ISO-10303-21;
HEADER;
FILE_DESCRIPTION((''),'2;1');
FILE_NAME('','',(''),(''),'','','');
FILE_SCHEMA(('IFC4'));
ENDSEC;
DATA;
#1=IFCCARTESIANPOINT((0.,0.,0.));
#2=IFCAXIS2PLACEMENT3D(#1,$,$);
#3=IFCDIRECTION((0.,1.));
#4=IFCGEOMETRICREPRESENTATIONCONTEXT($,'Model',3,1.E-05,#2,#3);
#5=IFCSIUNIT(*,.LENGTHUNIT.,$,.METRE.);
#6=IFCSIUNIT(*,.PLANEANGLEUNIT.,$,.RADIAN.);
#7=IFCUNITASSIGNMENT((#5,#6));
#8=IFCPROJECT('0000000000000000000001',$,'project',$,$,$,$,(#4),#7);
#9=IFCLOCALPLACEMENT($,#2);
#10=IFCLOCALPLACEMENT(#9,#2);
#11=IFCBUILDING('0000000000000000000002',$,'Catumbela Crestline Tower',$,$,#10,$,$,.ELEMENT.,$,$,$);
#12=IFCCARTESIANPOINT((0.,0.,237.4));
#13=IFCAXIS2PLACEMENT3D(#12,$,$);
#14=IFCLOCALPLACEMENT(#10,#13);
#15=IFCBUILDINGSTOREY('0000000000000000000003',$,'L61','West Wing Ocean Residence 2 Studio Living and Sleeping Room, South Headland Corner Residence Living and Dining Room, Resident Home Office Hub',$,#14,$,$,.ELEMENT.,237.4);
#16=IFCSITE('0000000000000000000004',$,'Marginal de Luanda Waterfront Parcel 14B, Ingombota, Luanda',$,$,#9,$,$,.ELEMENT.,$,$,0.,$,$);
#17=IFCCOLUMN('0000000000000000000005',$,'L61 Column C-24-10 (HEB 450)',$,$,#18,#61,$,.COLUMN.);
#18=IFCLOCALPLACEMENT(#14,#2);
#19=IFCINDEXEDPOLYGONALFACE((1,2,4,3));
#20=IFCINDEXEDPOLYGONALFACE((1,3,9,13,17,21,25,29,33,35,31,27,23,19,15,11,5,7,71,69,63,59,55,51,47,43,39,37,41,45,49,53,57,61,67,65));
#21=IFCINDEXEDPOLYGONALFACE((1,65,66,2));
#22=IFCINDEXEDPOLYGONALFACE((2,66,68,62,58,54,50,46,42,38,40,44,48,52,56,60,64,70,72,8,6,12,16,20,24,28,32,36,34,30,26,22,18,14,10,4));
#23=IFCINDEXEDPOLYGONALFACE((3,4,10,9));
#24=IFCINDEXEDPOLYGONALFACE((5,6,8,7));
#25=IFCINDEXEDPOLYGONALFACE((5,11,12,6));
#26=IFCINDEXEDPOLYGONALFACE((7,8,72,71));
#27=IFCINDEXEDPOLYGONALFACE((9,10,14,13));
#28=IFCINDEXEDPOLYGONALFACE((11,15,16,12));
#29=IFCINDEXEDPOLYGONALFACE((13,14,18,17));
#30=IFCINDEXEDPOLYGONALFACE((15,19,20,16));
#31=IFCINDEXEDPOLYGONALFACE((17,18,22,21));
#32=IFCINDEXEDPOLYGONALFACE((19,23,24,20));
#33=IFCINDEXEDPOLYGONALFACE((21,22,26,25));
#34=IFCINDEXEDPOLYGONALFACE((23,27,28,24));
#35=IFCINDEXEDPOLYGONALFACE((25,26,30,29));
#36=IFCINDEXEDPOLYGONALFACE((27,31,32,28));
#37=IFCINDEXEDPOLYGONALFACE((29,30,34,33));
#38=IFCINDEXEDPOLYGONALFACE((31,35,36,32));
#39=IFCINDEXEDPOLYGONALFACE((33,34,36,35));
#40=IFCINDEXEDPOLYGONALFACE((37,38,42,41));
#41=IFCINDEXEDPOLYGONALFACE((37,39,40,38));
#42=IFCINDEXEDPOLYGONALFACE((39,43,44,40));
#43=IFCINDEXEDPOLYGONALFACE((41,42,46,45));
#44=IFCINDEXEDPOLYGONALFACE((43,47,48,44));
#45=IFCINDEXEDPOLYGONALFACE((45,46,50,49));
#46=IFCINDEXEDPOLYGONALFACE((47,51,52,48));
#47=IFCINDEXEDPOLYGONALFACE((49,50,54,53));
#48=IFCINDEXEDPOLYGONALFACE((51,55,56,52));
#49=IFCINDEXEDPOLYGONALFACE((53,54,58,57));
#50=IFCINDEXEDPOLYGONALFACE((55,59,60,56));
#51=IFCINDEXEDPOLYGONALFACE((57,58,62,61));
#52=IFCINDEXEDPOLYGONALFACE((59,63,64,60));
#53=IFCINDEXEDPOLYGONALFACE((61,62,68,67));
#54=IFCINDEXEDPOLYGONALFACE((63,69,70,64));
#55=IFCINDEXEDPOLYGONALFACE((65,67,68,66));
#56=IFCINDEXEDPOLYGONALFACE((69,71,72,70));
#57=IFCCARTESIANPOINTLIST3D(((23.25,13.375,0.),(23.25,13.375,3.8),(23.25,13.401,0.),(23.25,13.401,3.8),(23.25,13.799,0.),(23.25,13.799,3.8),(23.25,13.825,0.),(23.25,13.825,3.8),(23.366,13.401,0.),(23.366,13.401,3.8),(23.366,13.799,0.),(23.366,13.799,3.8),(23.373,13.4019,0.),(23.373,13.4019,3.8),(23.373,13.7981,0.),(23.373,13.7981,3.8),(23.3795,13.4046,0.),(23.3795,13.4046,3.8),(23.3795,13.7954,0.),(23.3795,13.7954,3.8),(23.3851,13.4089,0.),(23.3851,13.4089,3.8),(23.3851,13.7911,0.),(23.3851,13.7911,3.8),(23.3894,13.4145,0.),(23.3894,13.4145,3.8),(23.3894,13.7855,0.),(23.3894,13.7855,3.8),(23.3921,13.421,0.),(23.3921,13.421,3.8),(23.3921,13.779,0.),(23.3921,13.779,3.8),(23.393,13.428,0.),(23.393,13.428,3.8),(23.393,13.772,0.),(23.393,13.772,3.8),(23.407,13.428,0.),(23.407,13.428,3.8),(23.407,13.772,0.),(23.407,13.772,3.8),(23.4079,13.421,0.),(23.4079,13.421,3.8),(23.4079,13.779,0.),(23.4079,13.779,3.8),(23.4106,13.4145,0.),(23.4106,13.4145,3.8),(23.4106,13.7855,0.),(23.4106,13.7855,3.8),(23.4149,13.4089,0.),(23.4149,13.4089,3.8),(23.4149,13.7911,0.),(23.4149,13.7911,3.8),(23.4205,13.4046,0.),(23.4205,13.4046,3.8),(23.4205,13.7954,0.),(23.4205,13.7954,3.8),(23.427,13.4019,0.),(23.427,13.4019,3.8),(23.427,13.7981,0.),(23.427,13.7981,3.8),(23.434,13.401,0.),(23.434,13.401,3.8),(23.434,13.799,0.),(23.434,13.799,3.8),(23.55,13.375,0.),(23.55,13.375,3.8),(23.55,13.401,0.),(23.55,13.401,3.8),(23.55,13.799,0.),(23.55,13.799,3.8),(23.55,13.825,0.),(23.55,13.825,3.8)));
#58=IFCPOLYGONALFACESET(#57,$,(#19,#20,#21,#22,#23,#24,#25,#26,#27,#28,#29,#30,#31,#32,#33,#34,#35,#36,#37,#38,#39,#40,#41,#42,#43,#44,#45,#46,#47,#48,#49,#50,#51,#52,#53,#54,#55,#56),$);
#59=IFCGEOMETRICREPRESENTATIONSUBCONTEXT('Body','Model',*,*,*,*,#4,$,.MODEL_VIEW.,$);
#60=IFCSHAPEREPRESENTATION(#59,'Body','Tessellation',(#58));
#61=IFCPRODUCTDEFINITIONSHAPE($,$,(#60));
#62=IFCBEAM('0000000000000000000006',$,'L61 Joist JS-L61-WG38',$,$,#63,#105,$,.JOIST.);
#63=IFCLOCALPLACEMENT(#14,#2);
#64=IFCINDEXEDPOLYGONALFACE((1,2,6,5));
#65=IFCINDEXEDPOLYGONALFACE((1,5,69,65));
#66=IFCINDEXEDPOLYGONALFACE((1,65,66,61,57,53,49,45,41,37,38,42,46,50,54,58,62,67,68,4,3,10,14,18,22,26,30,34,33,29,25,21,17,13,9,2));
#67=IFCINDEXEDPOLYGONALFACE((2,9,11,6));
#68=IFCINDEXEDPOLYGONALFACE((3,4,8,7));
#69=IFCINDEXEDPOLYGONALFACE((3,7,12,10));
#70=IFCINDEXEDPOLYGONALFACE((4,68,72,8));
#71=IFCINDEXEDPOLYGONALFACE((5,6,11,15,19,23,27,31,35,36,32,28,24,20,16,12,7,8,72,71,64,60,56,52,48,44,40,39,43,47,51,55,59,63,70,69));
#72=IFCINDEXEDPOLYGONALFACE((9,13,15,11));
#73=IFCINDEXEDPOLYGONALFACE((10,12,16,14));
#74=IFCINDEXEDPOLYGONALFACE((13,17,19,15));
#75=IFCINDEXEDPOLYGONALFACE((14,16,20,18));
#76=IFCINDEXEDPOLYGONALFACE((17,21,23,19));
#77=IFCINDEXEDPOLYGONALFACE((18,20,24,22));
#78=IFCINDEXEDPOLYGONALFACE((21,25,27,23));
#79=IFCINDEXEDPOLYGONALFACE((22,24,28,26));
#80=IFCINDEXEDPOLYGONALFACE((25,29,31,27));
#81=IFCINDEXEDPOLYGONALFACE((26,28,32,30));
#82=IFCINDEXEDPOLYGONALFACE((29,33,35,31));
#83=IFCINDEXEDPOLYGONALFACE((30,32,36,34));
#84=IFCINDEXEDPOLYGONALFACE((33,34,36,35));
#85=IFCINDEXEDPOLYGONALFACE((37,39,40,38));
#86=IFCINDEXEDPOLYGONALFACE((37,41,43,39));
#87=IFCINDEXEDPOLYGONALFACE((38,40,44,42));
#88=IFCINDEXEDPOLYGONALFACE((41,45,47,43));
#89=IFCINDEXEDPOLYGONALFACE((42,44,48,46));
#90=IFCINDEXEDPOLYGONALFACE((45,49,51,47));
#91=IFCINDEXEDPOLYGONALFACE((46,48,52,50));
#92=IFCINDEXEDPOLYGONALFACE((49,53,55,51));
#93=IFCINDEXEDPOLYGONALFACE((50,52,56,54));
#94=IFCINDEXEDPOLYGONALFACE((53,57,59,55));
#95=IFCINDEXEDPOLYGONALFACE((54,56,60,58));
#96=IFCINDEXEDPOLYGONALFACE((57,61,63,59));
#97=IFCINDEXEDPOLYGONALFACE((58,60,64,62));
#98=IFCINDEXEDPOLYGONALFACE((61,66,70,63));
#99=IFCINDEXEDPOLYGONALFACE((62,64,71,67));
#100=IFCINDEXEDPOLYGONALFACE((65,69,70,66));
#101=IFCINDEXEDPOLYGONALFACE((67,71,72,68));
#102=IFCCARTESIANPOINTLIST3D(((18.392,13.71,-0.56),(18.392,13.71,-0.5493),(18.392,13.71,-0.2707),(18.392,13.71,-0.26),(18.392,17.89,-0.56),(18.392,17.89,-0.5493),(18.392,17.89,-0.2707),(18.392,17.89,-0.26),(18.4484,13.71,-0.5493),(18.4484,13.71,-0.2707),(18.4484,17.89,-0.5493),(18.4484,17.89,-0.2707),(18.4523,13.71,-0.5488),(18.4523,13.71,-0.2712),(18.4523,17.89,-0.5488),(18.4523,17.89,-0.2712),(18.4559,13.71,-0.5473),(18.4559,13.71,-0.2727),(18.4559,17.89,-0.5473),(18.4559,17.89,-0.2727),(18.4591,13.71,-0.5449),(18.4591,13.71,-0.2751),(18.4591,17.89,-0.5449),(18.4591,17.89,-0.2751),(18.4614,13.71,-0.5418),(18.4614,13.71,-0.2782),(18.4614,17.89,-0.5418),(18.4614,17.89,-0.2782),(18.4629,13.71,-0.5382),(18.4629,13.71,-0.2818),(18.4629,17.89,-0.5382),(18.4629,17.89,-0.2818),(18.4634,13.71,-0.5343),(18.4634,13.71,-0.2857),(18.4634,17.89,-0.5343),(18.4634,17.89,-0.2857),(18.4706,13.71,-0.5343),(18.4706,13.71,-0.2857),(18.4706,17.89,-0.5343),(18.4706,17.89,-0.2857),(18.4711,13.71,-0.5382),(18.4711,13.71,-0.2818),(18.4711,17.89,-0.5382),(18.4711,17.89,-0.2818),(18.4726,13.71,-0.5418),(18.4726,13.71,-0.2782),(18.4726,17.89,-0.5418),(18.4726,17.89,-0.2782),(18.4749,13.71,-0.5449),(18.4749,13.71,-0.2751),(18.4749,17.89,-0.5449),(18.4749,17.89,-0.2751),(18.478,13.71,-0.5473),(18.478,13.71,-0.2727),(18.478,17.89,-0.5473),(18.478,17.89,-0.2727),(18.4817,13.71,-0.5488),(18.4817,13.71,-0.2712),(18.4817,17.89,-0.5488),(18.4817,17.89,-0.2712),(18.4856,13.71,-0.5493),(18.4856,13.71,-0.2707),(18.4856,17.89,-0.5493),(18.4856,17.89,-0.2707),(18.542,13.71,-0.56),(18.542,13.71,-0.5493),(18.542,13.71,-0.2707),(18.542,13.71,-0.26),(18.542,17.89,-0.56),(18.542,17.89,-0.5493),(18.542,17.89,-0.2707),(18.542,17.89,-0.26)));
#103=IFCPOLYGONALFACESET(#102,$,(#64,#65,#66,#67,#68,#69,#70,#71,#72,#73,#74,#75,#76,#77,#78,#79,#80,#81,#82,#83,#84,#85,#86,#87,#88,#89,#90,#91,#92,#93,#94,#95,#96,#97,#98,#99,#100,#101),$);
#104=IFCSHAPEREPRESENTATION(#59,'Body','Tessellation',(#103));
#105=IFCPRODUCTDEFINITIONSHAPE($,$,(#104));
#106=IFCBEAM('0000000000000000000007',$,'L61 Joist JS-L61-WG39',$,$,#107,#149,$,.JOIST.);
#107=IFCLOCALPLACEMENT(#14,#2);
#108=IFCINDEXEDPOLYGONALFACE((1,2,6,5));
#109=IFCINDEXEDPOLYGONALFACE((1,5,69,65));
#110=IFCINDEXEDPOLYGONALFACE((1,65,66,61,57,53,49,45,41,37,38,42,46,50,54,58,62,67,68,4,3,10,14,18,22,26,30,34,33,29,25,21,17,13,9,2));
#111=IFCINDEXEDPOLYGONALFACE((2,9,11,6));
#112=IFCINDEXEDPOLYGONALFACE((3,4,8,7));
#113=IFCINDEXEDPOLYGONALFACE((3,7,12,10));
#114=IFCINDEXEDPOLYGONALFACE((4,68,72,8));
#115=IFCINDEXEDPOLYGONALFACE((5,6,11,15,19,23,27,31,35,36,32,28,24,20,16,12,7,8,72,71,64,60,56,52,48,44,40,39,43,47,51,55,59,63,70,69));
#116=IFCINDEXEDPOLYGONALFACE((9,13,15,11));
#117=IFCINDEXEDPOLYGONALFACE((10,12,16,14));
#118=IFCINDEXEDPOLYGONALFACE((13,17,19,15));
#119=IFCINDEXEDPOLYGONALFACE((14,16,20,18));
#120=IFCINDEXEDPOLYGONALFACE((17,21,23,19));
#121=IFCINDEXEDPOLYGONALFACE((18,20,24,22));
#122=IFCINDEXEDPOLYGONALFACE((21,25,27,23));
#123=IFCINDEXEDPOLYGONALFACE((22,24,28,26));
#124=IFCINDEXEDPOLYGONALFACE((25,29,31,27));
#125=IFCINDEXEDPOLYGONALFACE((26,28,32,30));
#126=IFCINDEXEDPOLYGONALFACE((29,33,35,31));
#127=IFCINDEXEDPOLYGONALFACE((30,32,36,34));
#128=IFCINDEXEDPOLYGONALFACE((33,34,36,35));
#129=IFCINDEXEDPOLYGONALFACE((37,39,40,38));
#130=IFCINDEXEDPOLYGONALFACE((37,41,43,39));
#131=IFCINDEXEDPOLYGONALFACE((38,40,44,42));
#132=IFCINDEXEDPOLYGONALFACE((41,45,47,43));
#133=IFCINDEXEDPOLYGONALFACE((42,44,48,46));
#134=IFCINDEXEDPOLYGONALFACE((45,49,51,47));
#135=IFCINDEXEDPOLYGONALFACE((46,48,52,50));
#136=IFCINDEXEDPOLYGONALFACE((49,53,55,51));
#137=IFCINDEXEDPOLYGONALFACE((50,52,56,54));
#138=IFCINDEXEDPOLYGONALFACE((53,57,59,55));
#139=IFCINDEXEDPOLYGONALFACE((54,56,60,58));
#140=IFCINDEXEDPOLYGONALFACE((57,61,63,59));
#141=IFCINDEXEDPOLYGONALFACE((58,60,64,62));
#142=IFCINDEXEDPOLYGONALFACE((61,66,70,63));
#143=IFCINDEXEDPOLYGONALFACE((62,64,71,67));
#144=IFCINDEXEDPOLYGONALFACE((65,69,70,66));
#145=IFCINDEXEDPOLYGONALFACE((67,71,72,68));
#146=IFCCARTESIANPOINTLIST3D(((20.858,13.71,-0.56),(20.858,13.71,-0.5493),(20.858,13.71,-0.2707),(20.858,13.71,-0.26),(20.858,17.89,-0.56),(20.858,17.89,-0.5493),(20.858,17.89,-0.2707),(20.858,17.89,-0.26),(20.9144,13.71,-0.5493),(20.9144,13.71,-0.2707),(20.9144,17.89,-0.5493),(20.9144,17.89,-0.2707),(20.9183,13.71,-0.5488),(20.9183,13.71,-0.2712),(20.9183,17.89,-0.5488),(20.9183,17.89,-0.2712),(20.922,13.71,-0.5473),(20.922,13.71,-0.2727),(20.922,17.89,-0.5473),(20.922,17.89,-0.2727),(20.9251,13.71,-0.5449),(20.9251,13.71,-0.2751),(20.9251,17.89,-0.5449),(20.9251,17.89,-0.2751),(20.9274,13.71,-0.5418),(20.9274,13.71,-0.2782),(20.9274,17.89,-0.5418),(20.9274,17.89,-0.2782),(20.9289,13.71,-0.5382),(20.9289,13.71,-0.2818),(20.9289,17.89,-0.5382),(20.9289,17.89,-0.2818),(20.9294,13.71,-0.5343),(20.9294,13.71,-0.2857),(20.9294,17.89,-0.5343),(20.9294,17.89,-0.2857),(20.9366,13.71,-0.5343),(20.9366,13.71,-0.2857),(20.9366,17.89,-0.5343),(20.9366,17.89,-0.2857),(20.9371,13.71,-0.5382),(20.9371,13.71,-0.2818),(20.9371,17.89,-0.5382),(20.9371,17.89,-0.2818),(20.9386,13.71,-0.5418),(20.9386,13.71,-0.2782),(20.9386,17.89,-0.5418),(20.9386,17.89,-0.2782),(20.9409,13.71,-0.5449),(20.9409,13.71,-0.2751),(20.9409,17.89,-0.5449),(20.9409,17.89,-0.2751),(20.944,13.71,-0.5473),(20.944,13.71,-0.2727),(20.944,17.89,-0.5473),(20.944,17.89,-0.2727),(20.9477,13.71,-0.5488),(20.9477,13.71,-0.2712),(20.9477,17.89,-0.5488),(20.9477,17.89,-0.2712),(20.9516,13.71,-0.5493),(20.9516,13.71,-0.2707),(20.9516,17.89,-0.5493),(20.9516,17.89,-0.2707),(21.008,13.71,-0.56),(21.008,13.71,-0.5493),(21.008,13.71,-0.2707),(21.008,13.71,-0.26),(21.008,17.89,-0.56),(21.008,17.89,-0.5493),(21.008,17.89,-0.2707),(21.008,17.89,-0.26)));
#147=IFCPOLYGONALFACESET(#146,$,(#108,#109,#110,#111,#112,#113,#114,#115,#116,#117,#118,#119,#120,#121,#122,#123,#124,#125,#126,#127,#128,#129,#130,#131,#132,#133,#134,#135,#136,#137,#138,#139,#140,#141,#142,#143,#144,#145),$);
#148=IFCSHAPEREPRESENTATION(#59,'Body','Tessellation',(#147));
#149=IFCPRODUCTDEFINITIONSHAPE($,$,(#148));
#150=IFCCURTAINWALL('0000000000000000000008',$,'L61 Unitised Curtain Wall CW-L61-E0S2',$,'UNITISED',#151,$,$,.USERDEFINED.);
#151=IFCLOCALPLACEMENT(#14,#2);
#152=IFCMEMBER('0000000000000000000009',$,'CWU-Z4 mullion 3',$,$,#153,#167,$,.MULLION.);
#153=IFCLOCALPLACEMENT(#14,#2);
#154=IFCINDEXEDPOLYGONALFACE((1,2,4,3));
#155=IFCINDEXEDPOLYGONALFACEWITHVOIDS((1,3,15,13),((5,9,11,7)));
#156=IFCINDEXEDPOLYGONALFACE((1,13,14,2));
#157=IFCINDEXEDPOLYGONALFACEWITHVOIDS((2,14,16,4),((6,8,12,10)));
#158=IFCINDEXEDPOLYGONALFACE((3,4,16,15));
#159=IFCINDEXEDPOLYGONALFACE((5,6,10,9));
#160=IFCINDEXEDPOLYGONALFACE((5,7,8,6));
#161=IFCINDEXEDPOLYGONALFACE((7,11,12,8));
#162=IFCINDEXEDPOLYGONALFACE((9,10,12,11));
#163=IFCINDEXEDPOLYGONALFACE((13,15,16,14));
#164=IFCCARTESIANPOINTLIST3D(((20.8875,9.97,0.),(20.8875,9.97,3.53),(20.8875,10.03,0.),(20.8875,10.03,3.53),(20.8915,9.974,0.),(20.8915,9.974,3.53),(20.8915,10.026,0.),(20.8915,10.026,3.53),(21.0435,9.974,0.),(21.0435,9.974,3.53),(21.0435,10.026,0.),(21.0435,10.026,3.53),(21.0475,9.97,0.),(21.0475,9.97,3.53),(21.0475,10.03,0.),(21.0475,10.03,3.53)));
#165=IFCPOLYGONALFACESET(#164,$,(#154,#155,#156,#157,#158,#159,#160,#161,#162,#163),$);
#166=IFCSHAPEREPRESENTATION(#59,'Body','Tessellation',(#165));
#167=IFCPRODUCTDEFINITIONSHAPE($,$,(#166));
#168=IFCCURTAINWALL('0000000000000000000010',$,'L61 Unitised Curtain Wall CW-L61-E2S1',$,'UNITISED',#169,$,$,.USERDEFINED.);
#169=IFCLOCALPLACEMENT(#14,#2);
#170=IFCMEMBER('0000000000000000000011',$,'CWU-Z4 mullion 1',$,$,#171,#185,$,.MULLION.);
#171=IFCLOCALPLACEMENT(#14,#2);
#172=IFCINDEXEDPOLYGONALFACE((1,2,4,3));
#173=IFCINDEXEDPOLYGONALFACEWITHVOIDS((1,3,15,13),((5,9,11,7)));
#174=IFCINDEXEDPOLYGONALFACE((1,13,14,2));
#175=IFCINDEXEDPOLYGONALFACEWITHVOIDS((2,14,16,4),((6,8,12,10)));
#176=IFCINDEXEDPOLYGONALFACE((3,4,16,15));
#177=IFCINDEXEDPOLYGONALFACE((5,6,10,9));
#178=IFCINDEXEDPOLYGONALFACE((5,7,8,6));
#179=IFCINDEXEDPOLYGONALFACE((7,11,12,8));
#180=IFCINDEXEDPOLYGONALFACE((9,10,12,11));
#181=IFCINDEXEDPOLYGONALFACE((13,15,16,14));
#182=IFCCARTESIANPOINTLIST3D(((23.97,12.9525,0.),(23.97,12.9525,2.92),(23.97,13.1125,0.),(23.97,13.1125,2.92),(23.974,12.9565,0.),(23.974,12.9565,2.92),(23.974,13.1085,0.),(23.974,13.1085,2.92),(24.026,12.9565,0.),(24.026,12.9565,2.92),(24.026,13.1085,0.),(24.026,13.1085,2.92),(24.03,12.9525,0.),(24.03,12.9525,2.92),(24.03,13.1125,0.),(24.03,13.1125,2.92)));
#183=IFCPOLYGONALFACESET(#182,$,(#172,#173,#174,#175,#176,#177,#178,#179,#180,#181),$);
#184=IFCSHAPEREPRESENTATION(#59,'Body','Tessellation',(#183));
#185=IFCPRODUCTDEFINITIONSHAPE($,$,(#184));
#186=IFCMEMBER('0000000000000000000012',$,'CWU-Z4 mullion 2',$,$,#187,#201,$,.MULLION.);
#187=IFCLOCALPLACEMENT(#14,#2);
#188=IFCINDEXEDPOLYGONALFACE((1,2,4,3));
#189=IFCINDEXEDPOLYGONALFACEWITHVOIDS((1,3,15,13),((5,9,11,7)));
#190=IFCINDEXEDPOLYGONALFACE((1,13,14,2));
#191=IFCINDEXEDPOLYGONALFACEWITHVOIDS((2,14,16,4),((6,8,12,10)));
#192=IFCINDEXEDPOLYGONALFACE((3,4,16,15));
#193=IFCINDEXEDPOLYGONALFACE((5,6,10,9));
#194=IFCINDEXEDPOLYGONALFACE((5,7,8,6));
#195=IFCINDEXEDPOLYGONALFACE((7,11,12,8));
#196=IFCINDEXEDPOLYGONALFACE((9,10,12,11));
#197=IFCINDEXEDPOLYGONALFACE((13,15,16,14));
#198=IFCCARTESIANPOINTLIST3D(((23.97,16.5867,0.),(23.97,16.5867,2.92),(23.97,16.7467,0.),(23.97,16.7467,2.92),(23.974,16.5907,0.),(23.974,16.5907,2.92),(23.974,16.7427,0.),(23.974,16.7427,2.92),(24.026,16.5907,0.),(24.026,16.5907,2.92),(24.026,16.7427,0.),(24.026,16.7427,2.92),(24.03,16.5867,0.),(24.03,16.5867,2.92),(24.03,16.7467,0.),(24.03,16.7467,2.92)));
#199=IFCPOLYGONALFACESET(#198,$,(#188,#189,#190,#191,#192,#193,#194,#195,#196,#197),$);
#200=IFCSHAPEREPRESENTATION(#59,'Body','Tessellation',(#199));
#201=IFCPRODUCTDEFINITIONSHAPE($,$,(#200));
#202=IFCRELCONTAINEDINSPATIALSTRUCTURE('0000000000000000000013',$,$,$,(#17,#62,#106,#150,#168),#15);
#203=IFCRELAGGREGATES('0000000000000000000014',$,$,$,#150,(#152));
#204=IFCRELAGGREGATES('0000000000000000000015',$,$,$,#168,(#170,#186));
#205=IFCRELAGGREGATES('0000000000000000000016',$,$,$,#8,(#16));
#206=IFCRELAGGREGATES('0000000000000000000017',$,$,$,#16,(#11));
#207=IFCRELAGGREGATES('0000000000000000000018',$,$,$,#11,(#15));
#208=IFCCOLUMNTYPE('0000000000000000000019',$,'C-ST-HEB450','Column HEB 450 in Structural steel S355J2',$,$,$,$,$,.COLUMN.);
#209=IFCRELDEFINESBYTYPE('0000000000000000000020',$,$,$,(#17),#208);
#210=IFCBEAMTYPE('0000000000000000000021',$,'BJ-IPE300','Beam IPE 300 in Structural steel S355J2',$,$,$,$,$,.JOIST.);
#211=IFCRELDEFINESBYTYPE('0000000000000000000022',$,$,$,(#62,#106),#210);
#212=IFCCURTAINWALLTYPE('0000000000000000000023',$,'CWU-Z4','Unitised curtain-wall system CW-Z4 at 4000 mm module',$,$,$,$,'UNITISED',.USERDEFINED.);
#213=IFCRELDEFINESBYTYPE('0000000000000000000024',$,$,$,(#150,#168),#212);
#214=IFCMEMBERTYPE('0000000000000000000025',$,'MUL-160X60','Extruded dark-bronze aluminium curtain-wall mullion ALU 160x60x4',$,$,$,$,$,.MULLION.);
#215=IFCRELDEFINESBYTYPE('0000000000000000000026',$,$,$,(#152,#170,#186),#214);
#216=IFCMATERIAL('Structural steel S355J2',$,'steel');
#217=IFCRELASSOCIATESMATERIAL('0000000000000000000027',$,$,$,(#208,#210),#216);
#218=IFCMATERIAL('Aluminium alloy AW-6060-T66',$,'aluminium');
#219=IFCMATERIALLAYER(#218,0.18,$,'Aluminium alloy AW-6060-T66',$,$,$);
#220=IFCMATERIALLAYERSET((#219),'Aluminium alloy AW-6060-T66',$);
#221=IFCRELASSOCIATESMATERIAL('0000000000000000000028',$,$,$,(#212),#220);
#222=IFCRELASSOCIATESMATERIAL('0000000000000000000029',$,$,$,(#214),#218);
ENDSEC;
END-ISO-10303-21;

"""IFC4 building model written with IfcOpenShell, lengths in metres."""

from ifc_helpers import new_model, si_unit, direction, frame, origin, origin_2d, place, context, subcontext, project, spatial, hollow_rectangle, i_section, extrude, material, layer, layer_set, material_profile, profile_set, type_object, element, aggregate, save


model = new_model("IFC4")

# Units and contexts
model_context = context("Model", 3, precision=1e-05, world=origin(), true_north=direction((0.0, 1.0)))
body_context = subcontext(model_context, "Body", "Model", "MODEL_VIEW")
ifc_project = project(units=[si_unit("LENGTHUNIT", "METRE"), si_unit("PLANEANGLEUNIT", "RADIAN")], contexts=[model_context])

# Site, building, storey
site_placement = place(None, origin())
site = spatial("IfcSite", under=ifc_project, at=site_placement, Name="Marginal de Luanda Waterfront Parcel 14B, Ingombota, Luanda", CompositionType="ELEMENT", RefElevation=0.0)
building_placement = place(site_placement, origin())
building = spatial("IfcBuilding", under=site, at=building_placement, Name="Catumbela Crestline Tower", CompositionType="ELEMENT")
storey_placement = place(building_placement, frame((0.0, 0.0, 237.4)))
storey = spatial("IfcBuildingStorey", under=building, at=storey_placement, Name="L61", Description="West Wing Ocean Residence 2 Studio Living and Sleeping Room, South Headland Corner Residence Living and Dining Room, Resident Home Office Hub", CompositionType="ELEMENT", Elevation=237.4)

# Column
ifc_material_1 = material(Name="Structural steel S355J2", Category="steel")
ifc_material_profile_1 = material_profile(ifc_material_1, i_section(OverallWidth=0.3, OverallDepth=0.45, WebThickness=0.014, FlangeThickness=0.026, FilletRadius=0.027, at=origin_2d()), Name="HEB 450")
ifc_profile_set_1 = profile_set([ifc_material_profile_1], Name="Structural steel S355J2")
column_type = type_object("IfcColumnType", Name="C-ST-HEB450", Description="Column HEB 450 in Structural steel S355J2", PredefinedType="COLUMN", material=ifc_profile_set_1)
column_placement = place(storey_placement, frame((23.4, 13.6, 0.0), z_axis=(0.0, 0.0, 1.0), x_axis=(1.0, 0.0, 0.0)))
element("IfcColumn", 1, at=column_placement, inside=storey, type_object=column_type, Name="L61 Column C-24-10 (HEB 450)", PredefinedType="COLUMN", context=body_context, shape_type="SweptSolid", body=[
    extrude(i_section(OverallWidth=0.3, OverallDepth=0.45, WebThickness=0.014, FlangeThickness=0.026, FilletRadius=0.027, at=origin_2d()), origin(), (0.0, 0.0, 1.0), 3.8),
])

# Beams
ifc_material_profile_2 = material_profile(ifc_material_1, i_section(OverallWidth=0.15, OverallDepth=0.3, WebThickness=0.0071, FlangeThickness=0.0107, FilletRadius=0.015, at=origin_2d()), Name="IPE 300")
ifc_profile_set_2 = profile_set([ifc_material_profile_2], Name="Structural steel S355J2")
beam_type_1 = type_object("IfcBeamType", Name="BJ-IPE300", Description="Beam IPE 300 in Structural steel S355J2", PredefinedType="JOIST", material=ifc_profile_set_2)
for number, where, z_axis, x_axis, name in (
    (2, (18.467, 13.71, -0.41), (0.0, 1.0, 0.0), (-1.0, 0.0, 0.0), "L61 Joist JS-L61-WG38"),
    (3, (20.933, 13.71, -0.41), (0.0, 1.0, 0.0), (-1.0, 0.0, 0.0), "L61 Joist JS-L61-WG39"),
):
    element("IfcBeam", number, at=place(storey_placement, frame(where, z_axis=z_axis, x_axis=x_axis)), inside=storey, type_object=beam_type_1, Name=name, PredefinedType="JOIST", context=body_context, shape_type="SweptSolid", body=[
        extrude(i_section(OverallWidth=0.15, OverallDepth=0.3, WebThickness=0.0071, FlangeThickness=0.0107, FilletRadius=0.015, at=origin_2d()), origin(), (0.0, 0.0, 1.0), 4.18),
    ])

# Curtain wall, member
ifc_material_2 = material(Name="Aluminium alloy AW-6060-T66", Category="aluminium")
ifc_layer_1 = layer(ifc_material_2, 0.18, Name="Aluminium alloy AW-6060-T66")
ifc_layer_set_1 = layer_set([ifc_layer_1], Name="Aluminium alloy AW-6060-T66")
curtain_wall_type = type_object("IfcCurtainWallType", Name="CWU-Z4", Description="Unitised curtain-wall system CW-Z4 at 4000 mm module", ElementType="UNITISED", PredefinedType="USERDEFINED", material=ifc_layer_set_1)
curtain_wall_1_placement = place(storey_placement, origin())
curtain_wall_1 = element("IfcCurtainWall", 4, at=curtain_wall_1_placement, inside=storey, type_object=curtain_wall_type, Name="L61 Unitised Curtain Wall CW-L61-E0S2", ObjectType="UNITISED", PredefinedType="USERDEFINED")
ifc_material_profile_3 = material_profile(ifc_material_2, hollow_rectangle(XDim=0.06, YDim=0.16, WallThickness=0.004, at=origin_2d()), Name="ALU 160x60x4")
ifc_profile_set_3 = profile_set([ifc_material_profile_3], Name="Aluminium alloy AW-6060-T66")
member_type_1 = type_object("IfcMemberType", Name="MUL-160X60", Description="Extruded dark-bronze aluminium curtain-wall mullion ALU 160x60x4", PredefinedType="MULLION", material=ifc_profile_set_3)
member_1_placement = place(storey_placement, frame((20.9675, 10.0, 0.0), z_axis=(0.0, 0.0, 1.0), x_axis=(0.0, 1.0, 0.0)))
member_1 = element("IfcMember", 5, at=member_1_placement, type_object=member_type_1, Name="CWU-Z4 mullion 3", PredefinedType="MULLION", context=body_context, shape_type="SweptSolid", body=[
    extrude(hollow_rectangle(XDim=0.06, YDim=0.16, WallThickness=0.004, at=origin_2d()), origin(), (0.0, 0.0, 1.0), 3.53),
])

# Curtain wall, members
curtain_wall_2_placement = place(storey_placement, origin())
curtain_wall_2 = element("IfcCurtainWall", 6, at=curtain_wall_2_placement, inside=storey, type_object=curtain_wall_type, Name="L61 Unitised Curtain Wall CW-L61-E2S1", ObjectType="UNITISED", PredefinedType="USERDEFINED")
member_2_placement = place(storey_placement, frame((24.0, 13.0325, 0.0), z_axis=(0.0, 0.0, 1.0), x_axis=(-1.0, 0.0, 0.0)))
member_2 = element("IfcMember", 7, at=member_2_placement, type_object=member_type_1, Name="CWU-Z4 mullion 1", PredefinedType="MULLION", context=body_context, shape_type="SweptSolid", body=[
    extrude(hollow_rectangle(XDim=0.06, YDim=0.16, WallThickness=0.004, at=origin_2d()), origin(), (0.0, 0.0, 1.0), 2.92),
])
member_3_placement = place(storey_placement, frame((24.0, 16.6667, 0.0), z_axis=(0.0, 0.0, 1.0), x_axis=(-1.0, 0.0, 0.0)))
member_3 = element("IfcMember", 8, at=member_3_placement, type_object=member_type_1, Name="CWU-Z4 mullion 2", PredefinedType="MULLION", context=body_context, shape_type="SweptSolid", body=[
    extrude(hollow_rectangle(XDim=0.06, YDim=0.16, WallThickness=0.004, at=origin_2d()), origin(), (0.0, 0.0, 1.0), 2.92),
])

aggregate(curtain_wall_1, [member_1])
aggregate(curtain_wall_2, [member_2, member_3])

save(model, "model.ifc")
